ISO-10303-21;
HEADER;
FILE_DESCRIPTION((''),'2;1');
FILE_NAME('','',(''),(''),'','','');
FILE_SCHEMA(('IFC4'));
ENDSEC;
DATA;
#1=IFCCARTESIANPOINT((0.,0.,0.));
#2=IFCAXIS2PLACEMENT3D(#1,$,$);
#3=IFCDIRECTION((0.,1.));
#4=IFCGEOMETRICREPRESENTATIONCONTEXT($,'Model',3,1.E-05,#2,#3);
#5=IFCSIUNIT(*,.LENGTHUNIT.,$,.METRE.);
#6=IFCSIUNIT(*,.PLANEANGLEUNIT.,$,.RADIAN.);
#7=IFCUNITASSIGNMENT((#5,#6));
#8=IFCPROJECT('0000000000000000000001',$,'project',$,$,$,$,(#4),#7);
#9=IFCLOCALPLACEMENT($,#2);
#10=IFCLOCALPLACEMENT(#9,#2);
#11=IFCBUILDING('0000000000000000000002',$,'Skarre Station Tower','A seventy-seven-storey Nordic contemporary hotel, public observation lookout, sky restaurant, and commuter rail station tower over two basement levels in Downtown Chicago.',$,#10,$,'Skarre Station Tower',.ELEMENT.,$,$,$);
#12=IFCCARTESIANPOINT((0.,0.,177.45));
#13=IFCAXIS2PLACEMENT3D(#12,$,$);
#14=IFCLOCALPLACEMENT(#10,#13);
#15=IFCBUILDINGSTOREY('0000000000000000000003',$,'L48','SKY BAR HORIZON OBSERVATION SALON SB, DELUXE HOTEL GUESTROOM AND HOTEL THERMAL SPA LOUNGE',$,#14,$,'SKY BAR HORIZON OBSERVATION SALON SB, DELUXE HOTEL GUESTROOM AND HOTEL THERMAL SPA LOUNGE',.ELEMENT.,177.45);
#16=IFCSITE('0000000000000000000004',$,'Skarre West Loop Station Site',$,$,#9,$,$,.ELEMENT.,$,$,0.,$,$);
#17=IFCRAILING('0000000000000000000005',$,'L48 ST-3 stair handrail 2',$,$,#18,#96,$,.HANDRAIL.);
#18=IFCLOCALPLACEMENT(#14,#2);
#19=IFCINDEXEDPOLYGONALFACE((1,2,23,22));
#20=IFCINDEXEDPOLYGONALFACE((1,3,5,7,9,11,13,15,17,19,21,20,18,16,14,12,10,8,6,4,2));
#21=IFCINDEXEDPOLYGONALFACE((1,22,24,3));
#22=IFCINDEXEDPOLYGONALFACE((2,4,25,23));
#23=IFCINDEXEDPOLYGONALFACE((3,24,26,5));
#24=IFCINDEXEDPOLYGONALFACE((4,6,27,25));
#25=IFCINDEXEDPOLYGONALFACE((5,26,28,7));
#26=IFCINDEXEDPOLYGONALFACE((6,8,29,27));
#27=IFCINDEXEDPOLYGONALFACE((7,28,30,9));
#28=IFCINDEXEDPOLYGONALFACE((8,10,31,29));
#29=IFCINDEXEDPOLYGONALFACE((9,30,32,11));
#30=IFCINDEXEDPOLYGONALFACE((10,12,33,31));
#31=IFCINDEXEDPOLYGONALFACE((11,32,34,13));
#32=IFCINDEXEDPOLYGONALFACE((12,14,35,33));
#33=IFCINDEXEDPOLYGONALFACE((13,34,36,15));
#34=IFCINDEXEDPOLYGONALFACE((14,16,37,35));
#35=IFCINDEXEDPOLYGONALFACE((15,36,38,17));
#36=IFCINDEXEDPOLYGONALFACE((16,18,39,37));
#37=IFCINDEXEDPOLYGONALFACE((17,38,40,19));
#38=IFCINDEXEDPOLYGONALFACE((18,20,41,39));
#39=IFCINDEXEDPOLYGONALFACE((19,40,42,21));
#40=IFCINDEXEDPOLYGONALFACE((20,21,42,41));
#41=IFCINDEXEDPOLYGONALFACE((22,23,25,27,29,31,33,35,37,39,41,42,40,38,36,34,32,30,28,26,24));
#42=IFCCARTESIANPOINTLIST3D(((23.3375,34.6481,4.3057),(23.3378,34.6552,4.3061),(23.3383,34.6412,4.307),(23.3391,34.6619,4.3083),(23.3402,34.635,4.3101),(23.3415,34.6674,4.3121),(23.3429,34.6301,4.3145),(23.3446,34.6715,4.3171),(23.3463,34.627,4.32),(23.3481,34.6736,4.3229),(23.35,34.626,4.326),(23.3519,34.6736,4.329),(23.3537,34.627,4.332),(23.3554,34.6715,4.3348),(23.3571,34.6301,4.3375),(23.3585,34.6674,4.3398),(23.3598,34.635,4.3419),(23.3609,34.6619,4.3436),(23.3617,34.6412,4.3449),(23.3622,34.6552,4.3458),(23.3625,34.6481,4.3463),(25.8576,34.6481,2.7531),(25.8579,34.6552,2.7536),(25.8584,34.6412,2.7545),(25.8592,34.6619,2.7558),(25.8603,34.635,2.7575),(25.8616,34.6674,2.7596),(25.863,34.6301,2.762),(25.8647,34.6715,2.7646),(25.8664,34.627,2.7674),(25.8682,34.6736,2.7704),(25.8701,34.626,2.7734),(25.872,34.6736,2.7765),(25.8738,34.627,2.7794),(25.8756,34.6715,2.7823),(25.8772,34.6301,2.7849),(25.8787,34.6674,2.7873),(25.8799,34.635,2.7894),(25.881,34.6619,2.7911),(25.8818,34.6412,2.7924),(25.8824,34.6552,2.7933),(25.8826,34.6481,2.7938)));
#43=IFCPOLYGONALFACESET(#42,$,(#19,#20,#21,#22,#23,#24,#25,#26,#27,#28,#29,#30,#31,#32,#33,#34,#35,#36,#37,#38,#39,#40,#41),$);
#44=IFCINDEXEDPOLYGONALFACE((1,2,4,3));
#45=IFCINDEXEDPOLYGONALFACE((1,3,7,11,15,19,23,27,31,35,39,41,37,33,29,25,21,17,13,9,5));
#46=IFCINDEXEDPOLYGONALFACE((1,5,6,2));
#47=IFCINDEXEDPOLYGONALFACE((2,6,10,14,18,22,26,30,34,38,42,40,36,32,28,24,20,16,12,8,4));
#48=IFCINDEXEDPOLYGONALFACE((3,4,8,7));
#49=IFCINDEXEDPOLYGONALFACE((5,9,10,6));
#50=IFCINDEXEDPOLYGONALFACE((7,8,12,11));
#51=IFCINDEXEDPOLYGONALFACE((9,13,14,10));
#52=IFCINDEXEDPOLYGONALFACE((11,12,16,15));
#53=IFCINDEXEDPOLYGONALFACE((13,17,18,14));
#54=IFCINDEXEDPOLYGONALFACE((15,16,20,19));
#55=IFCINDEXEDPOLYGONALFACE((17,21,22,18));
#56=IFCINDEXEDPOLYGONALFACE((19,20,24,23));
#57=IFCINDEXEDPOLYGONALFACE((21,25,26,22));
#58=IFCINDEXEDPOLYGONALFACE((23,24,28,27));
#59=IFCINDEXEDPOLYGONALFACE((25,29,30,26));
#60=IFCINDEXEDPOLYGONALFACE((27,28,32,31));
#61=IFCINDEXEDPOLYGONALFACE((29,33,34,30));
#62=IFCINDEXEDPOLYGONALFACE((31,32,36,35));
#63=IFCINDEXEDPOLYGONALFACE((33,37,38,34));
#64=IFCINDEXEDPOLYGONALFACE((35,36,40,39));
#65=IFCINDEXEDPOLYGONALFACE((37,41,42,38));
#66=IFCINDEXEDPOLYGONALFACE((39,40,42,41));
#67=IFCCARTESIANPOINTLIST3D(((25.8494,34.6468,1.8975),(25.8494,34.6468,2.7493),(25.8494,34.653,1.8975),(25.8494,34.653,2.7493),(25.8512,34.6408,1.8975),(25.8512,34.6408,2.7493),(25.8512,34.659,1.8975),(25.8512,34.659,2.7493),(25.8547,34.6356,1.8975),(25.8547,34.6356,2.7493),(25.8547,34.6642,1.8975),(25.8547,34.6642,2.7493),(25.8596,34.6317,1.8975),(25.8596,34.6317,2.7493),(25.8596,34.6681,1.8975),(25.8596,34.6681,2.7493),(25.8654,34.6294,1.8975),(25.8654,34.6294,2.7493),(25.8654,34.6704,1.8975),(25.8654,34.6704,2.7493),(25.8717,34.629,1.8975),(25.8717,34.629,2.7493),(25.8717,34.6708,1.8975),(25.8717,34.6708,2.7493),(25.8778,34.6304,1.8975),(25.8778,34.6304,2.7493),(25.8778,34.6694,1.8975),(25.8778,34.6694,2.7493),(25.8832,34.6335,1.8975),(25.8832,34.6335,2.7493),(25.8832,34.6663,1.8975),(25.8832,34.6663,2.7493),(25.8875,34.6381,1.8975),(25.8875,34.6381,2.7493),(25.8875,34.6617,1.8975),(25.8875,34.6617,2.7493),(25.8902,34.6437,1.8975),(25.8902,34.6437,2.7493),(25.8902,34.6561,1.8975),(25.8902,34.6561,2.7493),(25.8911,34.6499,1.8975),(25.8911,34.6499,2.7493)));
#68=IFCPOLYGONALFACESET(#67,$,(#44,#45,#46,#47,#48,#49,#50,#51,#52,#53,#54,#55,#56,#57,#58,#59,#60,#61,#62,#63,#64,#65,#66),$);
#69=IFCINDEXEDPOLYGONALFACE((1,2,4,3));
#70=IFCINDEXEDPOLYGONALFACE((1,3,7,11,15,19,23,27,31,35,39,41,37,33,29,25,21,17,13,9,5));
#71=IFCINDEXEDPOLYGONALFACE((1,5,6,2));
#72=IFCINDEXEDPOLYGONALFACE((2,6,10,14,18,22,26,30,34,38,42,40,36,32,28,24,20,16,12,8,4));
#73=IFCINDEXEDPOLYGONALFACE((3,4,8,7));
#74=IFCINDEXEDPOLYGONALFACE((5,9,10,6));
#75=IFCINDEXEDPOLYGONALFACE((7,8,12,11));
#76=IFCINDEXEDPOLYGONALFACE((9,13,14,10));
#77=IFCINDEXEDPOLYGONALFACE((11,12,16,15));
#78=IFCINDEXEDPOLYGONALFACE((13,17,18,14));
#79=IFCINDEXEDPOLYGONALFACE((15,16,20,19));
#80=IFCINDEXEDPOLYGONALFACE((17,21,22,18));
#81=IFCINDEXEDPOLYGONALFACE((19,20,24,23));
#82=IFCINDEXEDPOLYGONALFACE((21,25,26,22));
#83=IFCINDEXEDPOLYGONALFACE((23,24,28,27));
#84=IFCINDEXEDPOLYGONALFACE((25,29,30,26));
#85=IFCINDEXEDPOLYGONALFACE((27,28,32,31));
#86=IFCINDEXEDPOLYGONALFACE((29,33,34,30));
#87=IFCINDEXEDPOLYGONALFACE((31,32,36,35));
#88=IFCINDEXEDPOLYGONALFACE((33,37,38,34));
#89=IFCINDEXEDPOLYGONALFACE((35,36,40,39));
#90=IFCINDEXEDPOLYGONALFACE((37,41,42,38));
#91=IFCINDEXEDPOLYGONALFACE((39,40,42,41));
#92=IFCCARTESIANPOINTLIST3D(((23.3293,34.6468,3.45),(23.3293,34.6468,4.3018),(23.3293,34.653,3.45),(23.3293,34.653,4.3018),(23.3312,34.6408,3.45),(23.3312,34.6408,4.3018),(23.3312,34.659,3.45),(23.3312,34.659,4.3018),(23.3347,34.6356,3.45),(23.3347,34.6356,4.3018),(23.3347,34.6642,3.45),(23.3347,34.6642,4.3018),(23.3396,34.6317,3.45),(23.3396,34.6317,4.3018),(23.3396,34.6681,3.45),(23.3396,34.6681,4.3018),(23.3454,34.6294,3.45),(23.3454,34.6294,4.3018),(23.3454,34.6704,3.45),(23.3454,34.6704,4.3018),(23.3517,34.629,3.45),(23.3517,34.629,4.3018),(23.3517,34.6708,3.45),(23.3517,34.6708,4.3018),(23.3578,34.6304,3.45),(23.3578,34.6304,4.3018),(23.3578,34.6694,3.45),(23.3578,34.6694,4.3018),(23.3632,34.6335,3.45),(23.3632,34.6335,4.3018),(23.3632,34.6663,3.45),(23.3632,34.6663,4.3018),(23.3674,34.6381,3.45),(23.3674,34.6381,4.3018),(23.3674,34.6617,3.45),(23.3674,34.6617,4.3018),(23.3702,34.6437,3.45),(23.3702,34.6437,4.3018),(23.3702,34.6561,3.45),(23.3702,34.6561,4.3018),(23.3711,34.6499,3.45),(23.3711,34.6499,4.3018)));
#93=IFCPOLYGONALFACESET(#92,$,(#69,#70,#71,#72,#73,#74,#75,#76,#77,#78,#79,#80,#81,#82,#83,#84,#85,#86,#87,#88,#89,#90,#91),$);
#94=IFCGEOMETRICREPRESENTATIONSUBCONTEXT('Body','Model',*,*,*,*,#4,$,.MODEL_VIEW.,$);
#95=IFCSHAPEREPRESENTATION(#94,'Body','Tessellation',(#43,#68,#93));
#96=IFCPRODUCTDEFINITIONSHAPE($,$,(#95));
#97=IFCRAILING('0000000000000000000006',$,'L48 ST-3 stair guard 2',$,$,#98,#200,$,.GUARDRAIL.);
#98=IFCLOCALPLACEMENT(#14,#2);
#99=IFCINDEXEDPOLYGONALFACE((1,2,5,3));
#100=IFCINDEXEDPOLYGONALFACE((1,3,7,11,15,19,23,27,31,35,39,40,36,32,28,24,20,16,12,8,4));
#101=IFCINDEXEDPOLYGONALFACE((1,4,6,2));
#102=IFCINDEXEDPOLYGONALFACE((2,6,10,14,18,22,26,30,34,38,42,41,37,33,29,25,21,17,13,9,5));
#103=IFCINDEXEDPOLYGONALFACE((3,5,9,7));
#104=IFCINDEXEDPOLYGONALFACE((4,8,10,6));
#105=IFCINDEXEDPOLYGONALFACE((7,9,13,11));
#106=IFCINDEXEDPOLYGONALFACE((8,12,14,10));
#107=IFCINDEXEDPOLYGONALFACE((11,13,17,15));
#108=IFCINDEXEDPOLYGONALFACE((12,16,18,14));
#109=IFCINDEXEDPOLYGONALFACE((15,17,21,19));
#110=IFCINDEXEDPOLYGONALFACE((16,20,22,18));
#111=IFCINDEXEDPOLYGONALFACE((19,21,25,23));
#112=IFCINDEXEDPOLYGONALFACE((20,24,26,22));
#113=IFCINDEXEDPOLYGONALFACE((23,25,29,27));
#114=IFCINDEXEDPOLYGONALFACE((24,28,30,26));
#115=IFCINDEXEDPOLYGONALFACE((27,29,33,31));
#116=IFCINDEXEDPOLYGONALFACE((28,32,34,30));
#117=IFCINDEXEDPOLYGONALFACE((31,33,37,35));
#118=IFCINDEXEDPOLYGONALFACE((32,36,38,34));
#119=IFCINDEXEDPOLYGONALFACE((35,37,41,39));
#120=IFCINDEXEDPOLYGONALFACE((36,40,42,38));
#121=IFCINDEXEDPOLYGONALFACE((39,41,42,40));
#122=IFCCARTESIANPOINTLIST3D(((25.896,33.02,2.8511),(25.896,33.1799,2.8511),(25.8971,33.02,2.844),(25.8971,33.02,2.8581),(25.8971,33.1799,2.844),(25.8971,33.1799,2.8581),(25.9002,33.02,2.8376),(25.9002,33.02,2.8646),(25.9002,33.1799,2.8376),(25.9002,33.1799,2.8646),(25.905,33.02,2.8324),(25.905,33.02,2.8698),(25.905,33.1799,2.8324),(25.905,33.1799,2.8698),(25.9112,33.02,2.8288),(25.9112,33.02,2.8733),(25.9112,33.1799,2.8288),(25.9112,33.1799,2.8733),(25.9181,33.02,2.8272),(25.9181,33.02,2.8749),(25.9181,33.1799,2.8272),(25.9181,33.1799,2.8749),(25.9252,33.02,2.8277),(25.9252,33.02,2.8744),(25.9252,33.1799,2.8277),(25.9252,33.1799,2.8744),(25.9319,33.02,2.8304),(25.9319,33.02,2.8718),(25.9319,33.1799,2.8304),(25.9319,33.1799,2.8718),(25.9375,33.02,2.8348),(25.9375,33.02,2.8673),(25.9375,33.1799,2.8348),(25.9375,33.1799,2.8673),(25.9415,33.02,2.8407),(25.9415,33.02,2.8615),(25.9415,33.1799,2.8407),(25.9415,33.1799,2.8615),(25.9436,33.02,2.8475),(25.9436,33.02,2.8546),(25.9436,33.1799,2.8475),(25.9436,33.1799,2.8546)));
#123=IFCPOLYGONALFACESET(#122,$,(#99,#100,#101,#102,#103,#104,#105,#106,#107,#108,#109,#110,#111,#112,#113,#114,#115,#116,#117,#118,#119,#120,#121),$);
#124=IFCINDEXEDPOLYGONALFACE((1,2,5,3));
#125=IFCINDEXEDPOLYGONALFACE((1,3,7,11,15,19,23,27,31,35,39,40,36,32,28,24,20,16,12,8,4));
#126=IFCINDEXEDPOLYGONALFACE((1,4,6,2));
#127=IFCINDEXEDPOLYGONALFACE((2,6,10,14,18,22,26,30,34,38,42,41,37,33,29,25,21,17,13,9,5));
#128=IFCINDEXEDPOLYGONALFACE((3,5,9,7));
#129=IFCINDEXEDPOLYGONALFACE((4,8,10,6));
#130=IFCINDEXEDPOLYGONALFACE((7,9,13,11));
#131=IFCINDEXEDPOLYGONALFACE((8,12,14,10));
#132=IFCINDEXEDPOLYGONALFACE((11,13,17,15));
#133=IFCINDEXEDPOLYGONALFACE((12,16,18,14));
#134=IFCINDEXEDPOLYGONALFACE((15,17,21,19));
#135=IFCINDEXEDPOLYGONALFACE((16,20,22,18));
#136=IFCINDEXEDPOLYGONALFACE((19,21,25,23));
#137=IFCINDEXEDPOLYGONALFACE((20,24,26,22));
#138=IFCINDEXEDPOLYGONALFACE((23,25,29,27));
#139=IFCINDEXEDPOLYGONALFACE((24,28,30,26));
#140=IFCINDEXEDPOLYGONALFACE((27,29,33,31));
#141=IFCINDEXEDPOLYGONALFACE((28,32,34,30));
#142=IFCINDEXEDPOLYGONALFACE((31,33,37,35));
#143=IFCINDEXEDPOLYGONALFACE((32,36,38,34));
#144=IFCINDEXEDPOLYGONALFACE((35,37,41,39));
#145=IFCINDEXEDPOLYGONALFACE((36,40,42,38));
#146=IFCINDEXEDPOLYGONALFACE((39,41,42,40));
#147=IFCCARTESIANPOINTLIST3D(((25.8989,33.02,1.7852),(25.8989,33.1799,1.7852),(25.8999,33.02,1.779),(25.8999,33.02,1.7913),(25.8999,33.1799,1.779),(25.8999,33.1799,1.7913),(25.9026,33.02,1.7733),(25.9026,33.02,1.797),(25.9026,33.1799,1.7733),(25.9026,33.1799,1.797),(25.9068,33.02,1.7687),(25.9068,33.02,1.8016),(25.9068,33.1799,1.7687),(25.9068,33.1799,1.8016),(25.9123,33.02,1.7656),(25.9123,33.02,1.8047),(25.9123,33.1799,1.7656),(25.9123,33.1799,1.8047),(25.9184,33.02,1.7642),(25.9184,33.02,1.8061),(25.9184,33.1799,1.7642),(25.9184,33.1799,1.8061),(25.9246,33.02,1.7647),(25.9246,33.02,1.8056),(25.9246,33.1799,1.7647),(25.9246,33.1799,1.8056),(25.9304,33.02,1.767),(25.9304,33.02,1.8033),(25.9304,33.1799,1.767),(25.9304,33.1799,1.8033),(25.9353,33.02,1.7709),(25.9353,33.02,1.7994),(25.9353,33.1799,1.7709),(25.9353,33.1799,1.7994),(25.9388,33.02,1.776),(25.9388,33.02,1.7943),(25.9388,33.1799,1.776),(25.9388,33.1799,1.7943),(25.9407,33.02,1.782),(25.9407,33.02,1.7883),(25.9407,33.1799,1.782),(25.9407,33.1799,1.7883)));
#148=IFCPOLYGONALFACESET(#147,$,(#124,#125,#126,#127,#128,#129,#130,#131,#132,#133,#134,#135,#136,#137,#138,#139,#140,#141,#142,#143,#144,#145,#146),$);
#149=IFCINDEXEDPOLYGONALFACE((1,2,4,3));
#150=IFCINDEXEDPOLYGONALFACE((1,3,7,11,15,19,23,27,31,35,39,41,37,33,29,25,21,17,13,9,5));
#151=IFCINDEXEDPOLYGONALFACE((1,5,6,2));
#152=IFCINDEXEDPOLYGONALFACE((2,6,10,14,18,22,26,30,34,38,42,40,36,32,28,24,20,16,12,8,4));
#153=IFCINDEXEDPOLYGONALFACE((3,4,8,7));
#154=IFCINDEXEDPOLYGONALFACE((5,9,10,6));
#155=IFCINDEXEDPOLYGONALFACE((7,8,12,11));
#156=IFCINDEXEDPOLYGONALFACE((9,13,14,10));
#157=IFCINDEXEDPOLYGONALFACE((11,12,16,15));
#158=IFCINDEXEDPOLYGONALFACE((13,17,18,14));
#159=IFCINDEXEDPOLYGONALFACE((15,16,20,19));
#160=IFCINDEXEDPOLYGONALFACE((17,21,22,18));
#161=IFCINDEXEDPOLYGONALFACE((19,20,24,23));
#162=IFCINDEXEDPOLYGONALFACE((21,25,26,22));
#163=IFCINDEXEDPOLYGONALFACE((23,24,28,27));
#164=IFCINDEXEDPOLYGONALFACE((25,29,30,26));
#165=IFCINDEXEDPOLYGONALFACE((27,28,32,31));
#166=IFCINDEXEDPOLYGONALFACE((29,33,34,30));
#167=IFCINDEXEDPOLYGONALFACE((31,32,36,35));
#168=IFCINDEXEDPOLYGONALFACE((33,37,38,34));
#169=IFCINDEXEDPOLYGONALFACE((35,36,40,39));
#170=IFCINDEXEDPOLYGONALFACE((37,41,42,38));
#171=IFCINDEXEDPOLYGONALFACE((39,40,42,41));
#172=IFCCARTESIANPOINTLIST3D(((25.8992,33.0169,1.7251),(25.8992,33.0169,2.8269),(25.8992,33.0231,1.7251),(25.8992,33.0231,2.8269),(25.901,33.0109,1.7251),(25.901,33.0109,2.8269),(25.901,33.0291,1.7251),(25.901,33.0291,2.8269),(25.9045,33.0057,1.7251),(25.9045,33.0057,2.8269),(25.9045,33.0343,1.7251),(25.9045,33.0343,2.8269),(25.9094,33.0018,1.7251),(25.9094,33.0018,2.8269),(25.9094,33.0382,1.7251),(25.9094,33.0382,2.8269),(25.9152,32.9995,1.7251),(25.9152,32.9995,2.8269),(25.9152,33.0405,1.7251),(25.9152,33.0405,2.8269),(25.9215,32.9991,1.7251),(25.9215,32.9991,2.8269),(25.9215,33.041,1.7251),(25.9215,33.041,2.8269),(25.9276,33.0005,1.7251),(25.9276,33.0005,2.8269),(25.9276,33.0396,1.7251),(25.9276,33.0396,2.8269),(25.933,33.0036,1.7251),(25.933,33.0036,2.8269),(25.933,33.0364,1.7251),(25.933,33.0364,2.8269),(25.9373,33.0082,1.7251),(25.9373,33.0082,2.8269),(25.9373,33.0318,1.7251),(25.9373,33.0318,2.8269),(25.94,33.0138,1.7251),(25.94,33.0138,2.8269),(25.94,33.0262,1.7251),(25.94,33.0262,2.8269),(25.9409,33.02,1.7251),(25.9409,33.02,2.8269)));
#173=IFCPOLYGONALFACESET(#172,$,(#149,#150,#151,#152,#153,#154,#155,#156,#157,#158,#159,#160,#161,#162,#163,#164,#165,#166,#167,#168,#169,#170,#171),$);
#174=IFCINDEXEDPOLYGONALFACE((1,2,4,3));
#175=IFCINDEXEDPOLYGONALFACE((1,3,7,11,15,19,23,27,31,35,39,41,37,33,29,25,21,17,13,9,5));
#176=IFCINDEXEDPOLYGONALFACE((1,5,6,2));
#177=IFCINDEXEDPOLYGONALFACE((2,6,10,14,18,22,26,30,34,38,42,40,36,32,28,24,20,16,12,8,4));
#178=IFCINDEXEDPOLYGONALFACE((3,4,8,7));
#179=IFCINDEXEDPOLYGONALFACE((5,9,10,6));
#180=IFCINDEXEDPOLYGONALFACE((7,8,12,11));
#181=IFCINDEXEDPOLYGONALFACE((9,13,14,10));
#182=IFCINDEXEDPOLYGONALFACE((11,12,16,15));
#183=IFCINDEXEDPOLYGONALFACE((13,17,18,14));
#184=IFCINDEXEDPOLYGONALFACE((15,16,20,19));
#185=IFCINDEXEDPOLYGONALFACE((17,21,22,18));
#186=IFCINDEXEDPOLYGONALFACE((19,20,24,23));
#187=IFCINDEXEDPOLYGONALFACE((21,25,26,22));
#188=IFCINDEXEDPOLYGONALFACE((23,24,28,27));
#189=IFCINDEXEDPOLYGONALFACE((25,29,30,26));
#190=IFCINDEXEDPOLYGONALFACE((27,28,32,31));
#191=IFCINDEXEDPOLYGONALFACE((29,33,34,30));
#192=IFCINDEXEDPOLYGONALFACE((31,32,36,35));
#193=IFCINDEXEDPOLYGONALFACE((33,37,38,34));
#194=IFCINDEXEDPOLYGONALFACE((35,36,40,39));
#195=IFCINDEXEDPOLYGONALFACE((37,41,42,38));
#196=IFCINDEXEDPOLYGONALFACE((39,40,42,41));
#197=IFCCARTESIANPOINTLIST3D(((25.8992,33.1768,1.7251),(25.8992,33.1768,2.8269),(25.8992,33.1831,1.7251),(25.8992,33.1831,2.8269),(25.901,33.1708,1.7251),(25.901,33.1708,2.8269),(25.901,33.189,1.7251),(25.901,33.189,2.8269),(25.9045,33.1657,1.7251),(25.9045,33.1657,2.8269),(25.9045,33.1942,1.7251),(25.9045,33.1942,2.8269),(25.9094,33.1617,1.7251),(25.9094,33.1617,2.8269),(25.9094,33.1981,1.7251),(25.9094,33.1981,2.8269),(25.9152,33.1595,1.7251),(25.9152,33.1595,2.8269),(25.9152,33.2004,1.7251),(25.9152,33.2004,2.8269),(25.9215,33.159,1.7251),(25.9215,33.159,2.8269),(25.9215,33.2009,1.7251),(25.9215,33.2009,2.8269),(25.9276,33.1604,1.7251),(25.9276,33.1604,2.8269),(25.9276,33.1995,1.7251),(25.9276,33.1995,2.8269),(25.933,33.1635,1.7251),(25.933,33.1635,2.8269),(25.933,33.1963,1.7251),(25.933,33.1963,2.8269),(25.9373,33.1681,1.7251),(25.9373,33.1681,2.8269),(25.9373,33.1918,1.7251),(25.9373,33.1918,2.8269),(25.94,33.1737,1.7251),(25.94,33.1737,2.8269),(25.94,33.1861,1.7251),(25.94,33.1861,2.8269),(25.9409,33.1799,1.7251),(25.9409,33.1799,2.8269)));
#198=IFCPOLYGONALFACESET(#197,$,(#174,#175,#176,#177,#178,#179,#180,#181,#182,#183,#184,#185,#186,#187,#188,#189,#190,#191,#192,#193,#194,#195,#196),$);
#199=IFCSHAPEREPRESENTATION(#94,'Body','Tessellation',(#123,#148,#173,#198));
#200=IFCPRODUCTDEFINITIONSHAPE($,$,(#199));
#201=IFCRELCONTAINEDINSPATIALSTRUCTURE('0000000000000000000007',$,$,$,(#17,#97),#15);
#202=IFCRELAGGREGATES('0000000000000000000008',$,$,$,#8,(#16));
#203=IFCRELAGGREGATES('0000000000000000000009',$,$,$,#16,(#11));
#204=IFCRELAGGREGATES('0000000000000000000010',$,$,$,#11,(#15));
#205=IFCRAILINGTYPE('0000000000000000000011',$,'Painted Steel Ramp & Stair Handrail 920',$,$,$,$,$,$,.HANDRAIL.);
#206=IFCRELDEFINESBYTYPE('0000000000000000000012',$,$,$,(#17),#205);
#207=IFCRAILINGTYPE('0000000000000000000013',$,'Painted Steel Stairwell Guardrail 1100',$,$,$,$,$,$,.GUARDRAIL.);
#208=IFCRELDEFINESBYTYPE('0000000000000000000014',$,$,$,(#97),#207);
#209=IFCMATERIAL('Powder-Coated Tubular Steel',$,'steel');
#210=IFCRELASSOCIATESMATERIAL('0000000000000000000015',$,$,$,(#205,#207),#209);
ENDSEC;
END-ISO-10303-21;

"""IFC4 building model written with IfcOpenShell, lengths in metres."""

from ifc_helpers import new_model, si_unit, direction, frame, origin, origin_2d, place, context, subcontext, project, spatial, circle, extrude, material, type_object, element, save


model = new_model("IFC4")

# Units and contexts
model_context = context("Model", 3, precision=1e-05, world=origin(), true_north=direction((0.0, 1.0)))
body_context = subcontext(model_context, "Body", "Model", "MODEL_VIEW")
ifc_project = project(units=[si_unit("LENGTHUNIT", "METRE"), si_unit("PLANEANGLEUNIT", "RADIAN")], contexts=[model_context])

# Site, building, storey
site_placement = place(None, origin())
site = spatial("IfcSite", under=ifc_project, at=site_placement, Name="Skarre West Loop Station Site", CompositionType="ELEMENT", RefElevation=0.0)
building_placement = place(site_placement, origin())
building = spatial("IfcBuilding", under=site, at=building_placement, Name="Skarre Station Tower", Description="A seventy-seven-storey Nordic contemporary hotel, public observation lookout, sky restaurant, and commuter rail station tower over two basement levels in Downtown Chicago.", LongName="Skarre Station Tower", CompositionType="ELEMENT")
storey_placement = place(building_placement, frame((0.0, 0.0, 177.45)))
storey = spatial("IfcBuildingStorey", under=building, at=storey_placement, Name="L48", Description="SKY BAR HORIZON OBSERVATION SALON SB, DELUXE HOTEL GUESTROOM AND HOTEL THERMAL SPA LOUNGE", LongName="SKY BAR HORIZON OBSERVATION SALON SB, DELUXE HOTEL GUESTROOM AND HOTEL THERMAL SPA LOUNGE", CompositionType="ELEMENT", Elevation=177.45)

# Railings
ifc_material_1 = material(Name="Powder-Coated Tubular Steel", Category="steel")
railing_type_1 = type_object("IfcRailingType", Name="Painted Steel Ramp & Stair Handrail 920", PredefinedType="HANDRAIL", material=ifc_material_1)
railing_1_placement = place(storey_placement, frame((25.8701, 34.6499, 1.8975)))
element("IfcRailing", 1, at=railing_1_placement, inside=storey, type_object=railing_type_1, Name="L48 ST-3 stair handrail 2", PredefinedType="HANDRAIL", context=body_context, shape_type="SweptSolid", body=[
    extrude(circle(Radius=0.0239, at=origin_2d()), frame((0.0, 0.0, 0.876), z_axis=(-0.8514, 0.0, 0.524516), x_axis=(0.0, -1.0, 0.0)), (0.0, 0.0, 1.0), 2.96),
    extrude(circle(Radius=0.021, at=origin_2d()), origin(), (0.0, 0.0, 1.0), 0.8518),
    extrude(circle(Radius=0.021, at=origin_2d()), frame((-2.52, 0.0, 1.5525)), (0.0, 0.0, 1.0), 0.8518),
])
railing_type_2 = type_object("IfcRailingType", Name="Painted Steel Stairwell Guardrail 1100", PredefinedType="GUARDRAIL", material=ifc_material_1)
railing_2_placement = place(storey_placement, frame((25.9199, 33.02, 1.7251)))
element("IfcRailing", 2, at=railing_2_placement, inside=storey, type_object=railing_type_2, Name="L48 ST-3 stair guard 2", PredefinedType="GUARDRAIL", context=body_context, shape_type="SweptSolid", body=[
    extrude(circle(Radius=0.0239, at=origin_2d()), frame((0.0, 0.0, 1.126), z_axis=(0.0, 1.0, 0.0), x_axis=(-1.0, 0.0, 0.0)), (0.0, 0.0, 1.0), 0.1599),
    extrude(circle(Radius=0.021, at=origin_2d()), frame((0.0, 0.0, 0.0601), z_axis=(0.0, 1.0, 0.0), x_axis=(-1.0, 0.0, 0.0)), (0.0, 0.0, 1.0), 0.1599),
    extrude(circle(Radius=0.021, at=origin_2d()), origin(), (0.0, 0.0, 1.0), 1.1018),
    extrude(circle(Radius=0.021, at=origin_2d()), frame((0.0, 0.1599, 0.0)), (0.0, 0.0, 1.0), 1.1018),
])

save(model, "model.ifc")
